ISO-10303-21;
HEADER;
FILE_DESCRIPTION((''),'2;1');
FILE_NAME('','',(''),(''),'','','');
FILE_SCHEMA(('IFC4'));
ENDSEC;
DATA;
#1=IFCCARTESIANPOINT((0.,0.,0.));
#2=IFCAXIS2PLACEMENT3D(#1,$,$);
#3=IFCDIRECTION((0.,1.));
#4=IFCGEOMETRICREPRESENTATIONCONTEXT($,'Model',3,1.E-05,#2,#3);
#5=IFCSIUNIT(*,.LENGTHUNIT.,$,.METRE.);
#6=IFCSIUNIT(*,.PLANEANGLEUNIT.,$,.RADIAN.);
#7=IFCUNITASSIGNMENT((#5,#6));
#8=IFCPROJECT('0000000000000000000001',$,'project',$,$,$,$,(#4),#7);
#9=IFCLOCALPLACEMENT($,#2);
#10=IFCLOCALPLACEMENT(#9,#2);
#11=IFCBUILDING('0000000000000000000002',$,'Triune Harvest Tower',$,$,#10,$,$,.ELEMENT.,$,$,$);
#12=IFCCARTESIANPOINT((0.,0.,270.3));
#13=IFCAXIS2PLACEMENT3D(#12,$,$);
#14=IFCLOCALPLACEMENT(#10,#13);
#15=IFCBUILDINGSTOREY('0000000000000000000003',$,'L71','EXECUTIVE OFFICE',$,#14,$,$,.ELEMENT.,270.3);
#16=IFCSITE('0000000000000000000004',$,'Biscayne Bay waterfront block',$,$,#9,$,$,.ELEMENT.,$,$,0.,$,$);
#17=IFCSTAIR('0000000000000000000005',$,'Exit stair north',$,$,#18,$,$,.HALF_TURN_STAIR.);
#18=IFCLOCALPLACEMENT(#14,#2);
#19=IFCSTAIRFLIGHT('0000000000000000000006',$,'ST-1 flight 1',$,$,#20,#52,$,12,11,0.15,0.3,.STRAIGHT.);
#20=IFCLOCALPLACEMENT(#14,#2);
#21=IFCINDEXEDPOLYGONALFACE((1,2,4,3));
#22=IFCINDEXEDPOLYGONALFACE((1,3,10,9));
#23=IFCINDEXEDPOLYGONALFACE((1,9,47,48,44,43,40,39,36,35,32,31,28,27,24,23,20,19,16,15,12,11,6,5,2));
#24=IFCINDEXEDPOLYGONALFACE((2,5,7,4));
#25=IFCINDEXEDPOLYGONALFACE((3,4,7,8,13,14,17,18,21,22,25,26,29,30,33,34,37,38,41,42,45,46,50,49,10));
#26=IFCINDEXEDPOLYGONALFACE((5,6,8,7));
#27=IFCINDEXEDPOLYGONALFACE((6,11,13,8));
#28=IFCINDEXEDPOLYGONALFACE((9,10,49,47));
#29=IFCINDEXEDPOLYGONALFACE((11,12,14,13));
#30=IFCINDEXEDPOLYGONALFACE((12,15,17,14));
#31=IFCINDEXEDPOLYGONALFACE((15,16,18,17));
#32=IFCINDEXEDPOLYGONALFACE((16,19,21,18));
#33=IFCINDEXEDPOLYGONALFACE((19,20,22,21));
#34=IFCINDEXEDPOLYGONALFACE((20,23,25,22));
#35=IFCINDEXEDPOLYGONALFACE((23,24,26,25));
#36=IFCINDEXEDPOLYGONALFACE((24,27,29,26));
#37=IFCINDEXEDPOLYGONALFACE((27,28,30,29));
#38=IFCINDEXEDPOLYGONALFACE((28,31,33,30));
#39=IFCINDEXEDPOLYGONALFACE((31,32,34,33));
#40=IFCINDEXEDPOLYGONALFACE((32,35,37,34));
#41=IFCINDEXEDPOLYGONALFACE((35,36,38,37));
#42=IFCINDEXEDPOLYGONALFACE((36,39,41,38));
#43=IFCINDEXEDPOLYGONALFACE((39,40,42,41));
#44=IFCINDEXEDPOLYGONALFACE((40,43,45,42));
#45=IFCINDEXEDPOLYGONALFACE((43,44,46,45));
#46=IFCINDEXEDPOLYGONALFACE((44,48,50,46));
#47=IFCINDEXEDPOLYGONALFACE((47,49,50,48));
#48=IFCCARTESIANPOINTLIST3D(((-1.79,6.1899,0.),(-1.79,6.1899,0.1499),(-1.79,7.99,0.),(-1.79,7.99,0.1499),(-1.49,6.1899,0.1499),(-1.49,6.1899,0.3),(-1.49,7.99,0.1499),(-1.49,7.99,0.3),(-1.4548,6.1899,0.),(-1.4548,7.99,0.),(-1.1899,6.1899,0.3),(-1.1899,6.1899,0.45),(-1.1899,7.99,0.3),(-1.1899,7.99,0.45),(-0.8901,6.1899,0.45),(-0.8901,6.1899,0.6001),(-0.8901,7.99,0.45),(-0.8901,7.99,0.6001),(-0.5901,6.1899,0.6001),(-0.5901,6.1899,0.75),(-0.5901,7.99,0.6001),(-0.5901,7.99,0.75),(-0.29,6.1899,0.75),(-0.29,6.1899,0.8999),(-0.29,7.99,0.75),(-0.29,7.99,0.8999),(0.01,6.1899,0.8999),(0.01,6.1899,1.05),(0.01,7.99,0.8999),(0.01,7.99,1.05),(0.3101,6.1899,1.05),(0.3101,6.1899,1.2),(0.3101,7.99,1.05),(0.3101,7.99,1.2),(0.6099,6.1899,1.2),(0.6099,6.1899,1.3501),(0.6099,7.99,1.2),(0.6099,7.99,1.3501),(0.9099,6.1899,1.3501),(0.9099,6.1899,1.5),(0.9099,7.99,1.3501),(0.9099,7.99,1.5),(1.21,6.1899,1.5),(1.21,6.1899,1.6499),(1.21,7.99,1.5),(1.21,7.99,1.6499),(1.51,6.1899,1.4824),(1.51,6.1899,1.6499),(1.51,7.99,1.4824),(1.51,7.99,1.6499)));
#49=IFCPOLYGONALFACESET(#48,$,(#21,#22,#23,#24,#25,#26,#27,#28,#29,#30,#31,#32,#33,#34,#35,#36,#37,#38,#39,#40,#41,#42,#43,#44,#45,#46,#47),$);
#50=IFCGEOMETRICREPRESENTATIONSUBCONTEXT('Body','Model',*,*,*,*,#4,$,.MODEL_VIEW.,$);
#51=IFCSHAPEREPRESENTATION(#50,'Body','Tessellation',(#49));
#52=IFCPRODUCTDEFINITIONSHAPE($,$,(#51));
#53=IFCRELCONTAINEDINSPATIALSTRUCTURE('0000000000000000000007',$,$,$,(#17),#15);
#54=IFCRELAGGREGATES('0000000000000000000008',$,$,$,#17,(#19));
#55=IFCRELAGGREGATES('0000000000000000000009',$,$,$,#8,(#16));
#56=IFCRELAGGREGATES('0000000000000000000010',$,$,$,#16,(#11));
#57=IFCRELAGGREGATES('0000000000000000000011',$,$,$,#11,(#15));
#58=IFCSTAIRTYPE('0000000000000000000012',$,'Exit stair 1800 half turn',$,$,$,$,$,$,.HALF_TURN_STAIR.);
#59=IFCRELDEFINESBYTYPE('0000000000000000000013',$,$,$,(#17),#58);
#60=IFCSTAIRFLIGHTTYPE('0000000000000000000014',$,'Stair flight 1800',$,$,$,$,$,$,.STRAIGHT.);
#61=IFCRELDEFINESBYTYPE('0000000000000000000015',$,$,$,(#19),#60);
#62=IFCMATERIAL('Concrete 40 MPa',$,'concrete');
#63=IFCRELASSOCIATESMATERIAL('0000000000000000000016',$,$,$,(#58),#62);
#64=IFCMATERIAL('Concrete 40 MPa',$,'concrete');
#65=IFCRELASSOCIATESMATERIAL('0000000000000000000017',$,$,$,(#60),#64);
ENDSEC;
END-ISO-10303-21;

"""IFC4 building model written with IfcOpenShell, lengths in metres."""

from ifc_helpers import new_model, si_unit, direction, frame, origin, place, context, subcontext, project, spatial, polyline, outline, extrude, source, transform, mapped, material, type_object, element, aggregate, save


model = new_model("IFC4")

# Units and contexts
model_context = context("Model", 3, precision=1e-05, world=origin(), true_north=direction((0.0, 1.0)))
body_context = subcontext(model_context, "Body", "Model", "MODEL_VIEW")
ifc_project = project(units=[si_unit("LENGTHUNIT", "METRE"), si_unit("PLANEANGLEUNIT", "RADIAN")], contexts=[model_context])

# Site, building, storey
site_placement = place(None, origin())
site = spatial("IfcSite", under=ifc_project, at=site_placement, Name="Biscayne Bay waterfront block", CompositionType="ELEMENT", RefElevation=0.0)
building_placement = place(site_placement, origin())
building = spatial("IfcBuilding", under=site, at=building_placement, Name="Triune Harvest Tower", CompositionType="ELEMENT")
storey_placement = place(building_placement, frame((0.0, 0.0, 270.3)))
storey = spatial("IfcBuildingStorey", under=building, at=storey_placement, Name="L71", Description="EXECUTIVE OFFICE", CompositionType="ELEMENT", Elevation=270.3)

# Stair, stair flight
ifc_material_1 = material(Name="Concrete 40 MPa", Category="concrete")
stair_type = type_object("IfcStairType", Name="Exit stair 1800 half turn", PredefinedType="HALF_TURN_STAIR", material=ifc_material_1)
stair_placement = place(storey_placement, origin())
stair = element("IfcStair", 1, at=stair_placement, inside=storey, type_object=stair_type, Name="Exit stair north", PredefinedType="HALF_TURN_STAIR")
ifc_material_2 = material(Name="Concrete 40 MPa", Category="concrete")
stair_flight_type = type_object("IfcStairFlightType", Name="Stair flight 1800", PredefinedType="STRAIGHT", material=ifc_material_2)
shared_shape_1 = source(origin(), body_context, "Body", "SweptSolid", [
    extrude(outline(polyline([(0.0, 0.0), (0.0, 0.1499), (0.3, 0.1499), (0.3, 0.3), (0.6001, 0.3), (0.6001, 0.45), (0.8999, 0.45), (0.8999, 0.6001), (1.2, 0.6001), (1.2, 0.75), (1.5, 0.75), (1.5, 0.8999), (1.8, 0.8999), (1.8, 1.05), (2.1001, 1.05), (2.1001, 1.2), (2.3999, 1.2), (2.3999, 1.3501), (2.7, 1.3501), (2.7, 1.5), (3.0, 1.5), (3.0, 1.6499), (3.3, 1.6499), (3.3, 1.8), (3.3, 1.4824), (0.3352, 0.0), (0.0, 0.0)])), frame((0.0, 0.8999, 0.0), z_axis=(0.0, -1.0, 0.0), x_axis=(1.0, 0.0, 0.0)), (0.0, 0.0, 1.0), 1.8),
])
stair_flight_placement = place(storey_placement, frame((-1.79, 7.0901, 0.0), z_axis=(0.0, 0.0, 1.0), x_axis=(1.0, 0.0, 0.0)))
stair_flight = element("IfcStairFlight", 2, at=stair_flight_placement, type_object=stair_flight_type, Name="ST-1 flight 1", NumberOfRisers=12, NumberOfTreads=11, PredefinedType="STRAIGHT", RiserHeight=0.15, TreadLength=0.3, context=body_context, shape_type="MappedRepresentation", body=[
    mapped(shared_shape_1, transform((0.0, 0.0, 0.0), scale=1.0)),
])
aggregate(stair, [stair_flight])

save(model, "model.ifc")
